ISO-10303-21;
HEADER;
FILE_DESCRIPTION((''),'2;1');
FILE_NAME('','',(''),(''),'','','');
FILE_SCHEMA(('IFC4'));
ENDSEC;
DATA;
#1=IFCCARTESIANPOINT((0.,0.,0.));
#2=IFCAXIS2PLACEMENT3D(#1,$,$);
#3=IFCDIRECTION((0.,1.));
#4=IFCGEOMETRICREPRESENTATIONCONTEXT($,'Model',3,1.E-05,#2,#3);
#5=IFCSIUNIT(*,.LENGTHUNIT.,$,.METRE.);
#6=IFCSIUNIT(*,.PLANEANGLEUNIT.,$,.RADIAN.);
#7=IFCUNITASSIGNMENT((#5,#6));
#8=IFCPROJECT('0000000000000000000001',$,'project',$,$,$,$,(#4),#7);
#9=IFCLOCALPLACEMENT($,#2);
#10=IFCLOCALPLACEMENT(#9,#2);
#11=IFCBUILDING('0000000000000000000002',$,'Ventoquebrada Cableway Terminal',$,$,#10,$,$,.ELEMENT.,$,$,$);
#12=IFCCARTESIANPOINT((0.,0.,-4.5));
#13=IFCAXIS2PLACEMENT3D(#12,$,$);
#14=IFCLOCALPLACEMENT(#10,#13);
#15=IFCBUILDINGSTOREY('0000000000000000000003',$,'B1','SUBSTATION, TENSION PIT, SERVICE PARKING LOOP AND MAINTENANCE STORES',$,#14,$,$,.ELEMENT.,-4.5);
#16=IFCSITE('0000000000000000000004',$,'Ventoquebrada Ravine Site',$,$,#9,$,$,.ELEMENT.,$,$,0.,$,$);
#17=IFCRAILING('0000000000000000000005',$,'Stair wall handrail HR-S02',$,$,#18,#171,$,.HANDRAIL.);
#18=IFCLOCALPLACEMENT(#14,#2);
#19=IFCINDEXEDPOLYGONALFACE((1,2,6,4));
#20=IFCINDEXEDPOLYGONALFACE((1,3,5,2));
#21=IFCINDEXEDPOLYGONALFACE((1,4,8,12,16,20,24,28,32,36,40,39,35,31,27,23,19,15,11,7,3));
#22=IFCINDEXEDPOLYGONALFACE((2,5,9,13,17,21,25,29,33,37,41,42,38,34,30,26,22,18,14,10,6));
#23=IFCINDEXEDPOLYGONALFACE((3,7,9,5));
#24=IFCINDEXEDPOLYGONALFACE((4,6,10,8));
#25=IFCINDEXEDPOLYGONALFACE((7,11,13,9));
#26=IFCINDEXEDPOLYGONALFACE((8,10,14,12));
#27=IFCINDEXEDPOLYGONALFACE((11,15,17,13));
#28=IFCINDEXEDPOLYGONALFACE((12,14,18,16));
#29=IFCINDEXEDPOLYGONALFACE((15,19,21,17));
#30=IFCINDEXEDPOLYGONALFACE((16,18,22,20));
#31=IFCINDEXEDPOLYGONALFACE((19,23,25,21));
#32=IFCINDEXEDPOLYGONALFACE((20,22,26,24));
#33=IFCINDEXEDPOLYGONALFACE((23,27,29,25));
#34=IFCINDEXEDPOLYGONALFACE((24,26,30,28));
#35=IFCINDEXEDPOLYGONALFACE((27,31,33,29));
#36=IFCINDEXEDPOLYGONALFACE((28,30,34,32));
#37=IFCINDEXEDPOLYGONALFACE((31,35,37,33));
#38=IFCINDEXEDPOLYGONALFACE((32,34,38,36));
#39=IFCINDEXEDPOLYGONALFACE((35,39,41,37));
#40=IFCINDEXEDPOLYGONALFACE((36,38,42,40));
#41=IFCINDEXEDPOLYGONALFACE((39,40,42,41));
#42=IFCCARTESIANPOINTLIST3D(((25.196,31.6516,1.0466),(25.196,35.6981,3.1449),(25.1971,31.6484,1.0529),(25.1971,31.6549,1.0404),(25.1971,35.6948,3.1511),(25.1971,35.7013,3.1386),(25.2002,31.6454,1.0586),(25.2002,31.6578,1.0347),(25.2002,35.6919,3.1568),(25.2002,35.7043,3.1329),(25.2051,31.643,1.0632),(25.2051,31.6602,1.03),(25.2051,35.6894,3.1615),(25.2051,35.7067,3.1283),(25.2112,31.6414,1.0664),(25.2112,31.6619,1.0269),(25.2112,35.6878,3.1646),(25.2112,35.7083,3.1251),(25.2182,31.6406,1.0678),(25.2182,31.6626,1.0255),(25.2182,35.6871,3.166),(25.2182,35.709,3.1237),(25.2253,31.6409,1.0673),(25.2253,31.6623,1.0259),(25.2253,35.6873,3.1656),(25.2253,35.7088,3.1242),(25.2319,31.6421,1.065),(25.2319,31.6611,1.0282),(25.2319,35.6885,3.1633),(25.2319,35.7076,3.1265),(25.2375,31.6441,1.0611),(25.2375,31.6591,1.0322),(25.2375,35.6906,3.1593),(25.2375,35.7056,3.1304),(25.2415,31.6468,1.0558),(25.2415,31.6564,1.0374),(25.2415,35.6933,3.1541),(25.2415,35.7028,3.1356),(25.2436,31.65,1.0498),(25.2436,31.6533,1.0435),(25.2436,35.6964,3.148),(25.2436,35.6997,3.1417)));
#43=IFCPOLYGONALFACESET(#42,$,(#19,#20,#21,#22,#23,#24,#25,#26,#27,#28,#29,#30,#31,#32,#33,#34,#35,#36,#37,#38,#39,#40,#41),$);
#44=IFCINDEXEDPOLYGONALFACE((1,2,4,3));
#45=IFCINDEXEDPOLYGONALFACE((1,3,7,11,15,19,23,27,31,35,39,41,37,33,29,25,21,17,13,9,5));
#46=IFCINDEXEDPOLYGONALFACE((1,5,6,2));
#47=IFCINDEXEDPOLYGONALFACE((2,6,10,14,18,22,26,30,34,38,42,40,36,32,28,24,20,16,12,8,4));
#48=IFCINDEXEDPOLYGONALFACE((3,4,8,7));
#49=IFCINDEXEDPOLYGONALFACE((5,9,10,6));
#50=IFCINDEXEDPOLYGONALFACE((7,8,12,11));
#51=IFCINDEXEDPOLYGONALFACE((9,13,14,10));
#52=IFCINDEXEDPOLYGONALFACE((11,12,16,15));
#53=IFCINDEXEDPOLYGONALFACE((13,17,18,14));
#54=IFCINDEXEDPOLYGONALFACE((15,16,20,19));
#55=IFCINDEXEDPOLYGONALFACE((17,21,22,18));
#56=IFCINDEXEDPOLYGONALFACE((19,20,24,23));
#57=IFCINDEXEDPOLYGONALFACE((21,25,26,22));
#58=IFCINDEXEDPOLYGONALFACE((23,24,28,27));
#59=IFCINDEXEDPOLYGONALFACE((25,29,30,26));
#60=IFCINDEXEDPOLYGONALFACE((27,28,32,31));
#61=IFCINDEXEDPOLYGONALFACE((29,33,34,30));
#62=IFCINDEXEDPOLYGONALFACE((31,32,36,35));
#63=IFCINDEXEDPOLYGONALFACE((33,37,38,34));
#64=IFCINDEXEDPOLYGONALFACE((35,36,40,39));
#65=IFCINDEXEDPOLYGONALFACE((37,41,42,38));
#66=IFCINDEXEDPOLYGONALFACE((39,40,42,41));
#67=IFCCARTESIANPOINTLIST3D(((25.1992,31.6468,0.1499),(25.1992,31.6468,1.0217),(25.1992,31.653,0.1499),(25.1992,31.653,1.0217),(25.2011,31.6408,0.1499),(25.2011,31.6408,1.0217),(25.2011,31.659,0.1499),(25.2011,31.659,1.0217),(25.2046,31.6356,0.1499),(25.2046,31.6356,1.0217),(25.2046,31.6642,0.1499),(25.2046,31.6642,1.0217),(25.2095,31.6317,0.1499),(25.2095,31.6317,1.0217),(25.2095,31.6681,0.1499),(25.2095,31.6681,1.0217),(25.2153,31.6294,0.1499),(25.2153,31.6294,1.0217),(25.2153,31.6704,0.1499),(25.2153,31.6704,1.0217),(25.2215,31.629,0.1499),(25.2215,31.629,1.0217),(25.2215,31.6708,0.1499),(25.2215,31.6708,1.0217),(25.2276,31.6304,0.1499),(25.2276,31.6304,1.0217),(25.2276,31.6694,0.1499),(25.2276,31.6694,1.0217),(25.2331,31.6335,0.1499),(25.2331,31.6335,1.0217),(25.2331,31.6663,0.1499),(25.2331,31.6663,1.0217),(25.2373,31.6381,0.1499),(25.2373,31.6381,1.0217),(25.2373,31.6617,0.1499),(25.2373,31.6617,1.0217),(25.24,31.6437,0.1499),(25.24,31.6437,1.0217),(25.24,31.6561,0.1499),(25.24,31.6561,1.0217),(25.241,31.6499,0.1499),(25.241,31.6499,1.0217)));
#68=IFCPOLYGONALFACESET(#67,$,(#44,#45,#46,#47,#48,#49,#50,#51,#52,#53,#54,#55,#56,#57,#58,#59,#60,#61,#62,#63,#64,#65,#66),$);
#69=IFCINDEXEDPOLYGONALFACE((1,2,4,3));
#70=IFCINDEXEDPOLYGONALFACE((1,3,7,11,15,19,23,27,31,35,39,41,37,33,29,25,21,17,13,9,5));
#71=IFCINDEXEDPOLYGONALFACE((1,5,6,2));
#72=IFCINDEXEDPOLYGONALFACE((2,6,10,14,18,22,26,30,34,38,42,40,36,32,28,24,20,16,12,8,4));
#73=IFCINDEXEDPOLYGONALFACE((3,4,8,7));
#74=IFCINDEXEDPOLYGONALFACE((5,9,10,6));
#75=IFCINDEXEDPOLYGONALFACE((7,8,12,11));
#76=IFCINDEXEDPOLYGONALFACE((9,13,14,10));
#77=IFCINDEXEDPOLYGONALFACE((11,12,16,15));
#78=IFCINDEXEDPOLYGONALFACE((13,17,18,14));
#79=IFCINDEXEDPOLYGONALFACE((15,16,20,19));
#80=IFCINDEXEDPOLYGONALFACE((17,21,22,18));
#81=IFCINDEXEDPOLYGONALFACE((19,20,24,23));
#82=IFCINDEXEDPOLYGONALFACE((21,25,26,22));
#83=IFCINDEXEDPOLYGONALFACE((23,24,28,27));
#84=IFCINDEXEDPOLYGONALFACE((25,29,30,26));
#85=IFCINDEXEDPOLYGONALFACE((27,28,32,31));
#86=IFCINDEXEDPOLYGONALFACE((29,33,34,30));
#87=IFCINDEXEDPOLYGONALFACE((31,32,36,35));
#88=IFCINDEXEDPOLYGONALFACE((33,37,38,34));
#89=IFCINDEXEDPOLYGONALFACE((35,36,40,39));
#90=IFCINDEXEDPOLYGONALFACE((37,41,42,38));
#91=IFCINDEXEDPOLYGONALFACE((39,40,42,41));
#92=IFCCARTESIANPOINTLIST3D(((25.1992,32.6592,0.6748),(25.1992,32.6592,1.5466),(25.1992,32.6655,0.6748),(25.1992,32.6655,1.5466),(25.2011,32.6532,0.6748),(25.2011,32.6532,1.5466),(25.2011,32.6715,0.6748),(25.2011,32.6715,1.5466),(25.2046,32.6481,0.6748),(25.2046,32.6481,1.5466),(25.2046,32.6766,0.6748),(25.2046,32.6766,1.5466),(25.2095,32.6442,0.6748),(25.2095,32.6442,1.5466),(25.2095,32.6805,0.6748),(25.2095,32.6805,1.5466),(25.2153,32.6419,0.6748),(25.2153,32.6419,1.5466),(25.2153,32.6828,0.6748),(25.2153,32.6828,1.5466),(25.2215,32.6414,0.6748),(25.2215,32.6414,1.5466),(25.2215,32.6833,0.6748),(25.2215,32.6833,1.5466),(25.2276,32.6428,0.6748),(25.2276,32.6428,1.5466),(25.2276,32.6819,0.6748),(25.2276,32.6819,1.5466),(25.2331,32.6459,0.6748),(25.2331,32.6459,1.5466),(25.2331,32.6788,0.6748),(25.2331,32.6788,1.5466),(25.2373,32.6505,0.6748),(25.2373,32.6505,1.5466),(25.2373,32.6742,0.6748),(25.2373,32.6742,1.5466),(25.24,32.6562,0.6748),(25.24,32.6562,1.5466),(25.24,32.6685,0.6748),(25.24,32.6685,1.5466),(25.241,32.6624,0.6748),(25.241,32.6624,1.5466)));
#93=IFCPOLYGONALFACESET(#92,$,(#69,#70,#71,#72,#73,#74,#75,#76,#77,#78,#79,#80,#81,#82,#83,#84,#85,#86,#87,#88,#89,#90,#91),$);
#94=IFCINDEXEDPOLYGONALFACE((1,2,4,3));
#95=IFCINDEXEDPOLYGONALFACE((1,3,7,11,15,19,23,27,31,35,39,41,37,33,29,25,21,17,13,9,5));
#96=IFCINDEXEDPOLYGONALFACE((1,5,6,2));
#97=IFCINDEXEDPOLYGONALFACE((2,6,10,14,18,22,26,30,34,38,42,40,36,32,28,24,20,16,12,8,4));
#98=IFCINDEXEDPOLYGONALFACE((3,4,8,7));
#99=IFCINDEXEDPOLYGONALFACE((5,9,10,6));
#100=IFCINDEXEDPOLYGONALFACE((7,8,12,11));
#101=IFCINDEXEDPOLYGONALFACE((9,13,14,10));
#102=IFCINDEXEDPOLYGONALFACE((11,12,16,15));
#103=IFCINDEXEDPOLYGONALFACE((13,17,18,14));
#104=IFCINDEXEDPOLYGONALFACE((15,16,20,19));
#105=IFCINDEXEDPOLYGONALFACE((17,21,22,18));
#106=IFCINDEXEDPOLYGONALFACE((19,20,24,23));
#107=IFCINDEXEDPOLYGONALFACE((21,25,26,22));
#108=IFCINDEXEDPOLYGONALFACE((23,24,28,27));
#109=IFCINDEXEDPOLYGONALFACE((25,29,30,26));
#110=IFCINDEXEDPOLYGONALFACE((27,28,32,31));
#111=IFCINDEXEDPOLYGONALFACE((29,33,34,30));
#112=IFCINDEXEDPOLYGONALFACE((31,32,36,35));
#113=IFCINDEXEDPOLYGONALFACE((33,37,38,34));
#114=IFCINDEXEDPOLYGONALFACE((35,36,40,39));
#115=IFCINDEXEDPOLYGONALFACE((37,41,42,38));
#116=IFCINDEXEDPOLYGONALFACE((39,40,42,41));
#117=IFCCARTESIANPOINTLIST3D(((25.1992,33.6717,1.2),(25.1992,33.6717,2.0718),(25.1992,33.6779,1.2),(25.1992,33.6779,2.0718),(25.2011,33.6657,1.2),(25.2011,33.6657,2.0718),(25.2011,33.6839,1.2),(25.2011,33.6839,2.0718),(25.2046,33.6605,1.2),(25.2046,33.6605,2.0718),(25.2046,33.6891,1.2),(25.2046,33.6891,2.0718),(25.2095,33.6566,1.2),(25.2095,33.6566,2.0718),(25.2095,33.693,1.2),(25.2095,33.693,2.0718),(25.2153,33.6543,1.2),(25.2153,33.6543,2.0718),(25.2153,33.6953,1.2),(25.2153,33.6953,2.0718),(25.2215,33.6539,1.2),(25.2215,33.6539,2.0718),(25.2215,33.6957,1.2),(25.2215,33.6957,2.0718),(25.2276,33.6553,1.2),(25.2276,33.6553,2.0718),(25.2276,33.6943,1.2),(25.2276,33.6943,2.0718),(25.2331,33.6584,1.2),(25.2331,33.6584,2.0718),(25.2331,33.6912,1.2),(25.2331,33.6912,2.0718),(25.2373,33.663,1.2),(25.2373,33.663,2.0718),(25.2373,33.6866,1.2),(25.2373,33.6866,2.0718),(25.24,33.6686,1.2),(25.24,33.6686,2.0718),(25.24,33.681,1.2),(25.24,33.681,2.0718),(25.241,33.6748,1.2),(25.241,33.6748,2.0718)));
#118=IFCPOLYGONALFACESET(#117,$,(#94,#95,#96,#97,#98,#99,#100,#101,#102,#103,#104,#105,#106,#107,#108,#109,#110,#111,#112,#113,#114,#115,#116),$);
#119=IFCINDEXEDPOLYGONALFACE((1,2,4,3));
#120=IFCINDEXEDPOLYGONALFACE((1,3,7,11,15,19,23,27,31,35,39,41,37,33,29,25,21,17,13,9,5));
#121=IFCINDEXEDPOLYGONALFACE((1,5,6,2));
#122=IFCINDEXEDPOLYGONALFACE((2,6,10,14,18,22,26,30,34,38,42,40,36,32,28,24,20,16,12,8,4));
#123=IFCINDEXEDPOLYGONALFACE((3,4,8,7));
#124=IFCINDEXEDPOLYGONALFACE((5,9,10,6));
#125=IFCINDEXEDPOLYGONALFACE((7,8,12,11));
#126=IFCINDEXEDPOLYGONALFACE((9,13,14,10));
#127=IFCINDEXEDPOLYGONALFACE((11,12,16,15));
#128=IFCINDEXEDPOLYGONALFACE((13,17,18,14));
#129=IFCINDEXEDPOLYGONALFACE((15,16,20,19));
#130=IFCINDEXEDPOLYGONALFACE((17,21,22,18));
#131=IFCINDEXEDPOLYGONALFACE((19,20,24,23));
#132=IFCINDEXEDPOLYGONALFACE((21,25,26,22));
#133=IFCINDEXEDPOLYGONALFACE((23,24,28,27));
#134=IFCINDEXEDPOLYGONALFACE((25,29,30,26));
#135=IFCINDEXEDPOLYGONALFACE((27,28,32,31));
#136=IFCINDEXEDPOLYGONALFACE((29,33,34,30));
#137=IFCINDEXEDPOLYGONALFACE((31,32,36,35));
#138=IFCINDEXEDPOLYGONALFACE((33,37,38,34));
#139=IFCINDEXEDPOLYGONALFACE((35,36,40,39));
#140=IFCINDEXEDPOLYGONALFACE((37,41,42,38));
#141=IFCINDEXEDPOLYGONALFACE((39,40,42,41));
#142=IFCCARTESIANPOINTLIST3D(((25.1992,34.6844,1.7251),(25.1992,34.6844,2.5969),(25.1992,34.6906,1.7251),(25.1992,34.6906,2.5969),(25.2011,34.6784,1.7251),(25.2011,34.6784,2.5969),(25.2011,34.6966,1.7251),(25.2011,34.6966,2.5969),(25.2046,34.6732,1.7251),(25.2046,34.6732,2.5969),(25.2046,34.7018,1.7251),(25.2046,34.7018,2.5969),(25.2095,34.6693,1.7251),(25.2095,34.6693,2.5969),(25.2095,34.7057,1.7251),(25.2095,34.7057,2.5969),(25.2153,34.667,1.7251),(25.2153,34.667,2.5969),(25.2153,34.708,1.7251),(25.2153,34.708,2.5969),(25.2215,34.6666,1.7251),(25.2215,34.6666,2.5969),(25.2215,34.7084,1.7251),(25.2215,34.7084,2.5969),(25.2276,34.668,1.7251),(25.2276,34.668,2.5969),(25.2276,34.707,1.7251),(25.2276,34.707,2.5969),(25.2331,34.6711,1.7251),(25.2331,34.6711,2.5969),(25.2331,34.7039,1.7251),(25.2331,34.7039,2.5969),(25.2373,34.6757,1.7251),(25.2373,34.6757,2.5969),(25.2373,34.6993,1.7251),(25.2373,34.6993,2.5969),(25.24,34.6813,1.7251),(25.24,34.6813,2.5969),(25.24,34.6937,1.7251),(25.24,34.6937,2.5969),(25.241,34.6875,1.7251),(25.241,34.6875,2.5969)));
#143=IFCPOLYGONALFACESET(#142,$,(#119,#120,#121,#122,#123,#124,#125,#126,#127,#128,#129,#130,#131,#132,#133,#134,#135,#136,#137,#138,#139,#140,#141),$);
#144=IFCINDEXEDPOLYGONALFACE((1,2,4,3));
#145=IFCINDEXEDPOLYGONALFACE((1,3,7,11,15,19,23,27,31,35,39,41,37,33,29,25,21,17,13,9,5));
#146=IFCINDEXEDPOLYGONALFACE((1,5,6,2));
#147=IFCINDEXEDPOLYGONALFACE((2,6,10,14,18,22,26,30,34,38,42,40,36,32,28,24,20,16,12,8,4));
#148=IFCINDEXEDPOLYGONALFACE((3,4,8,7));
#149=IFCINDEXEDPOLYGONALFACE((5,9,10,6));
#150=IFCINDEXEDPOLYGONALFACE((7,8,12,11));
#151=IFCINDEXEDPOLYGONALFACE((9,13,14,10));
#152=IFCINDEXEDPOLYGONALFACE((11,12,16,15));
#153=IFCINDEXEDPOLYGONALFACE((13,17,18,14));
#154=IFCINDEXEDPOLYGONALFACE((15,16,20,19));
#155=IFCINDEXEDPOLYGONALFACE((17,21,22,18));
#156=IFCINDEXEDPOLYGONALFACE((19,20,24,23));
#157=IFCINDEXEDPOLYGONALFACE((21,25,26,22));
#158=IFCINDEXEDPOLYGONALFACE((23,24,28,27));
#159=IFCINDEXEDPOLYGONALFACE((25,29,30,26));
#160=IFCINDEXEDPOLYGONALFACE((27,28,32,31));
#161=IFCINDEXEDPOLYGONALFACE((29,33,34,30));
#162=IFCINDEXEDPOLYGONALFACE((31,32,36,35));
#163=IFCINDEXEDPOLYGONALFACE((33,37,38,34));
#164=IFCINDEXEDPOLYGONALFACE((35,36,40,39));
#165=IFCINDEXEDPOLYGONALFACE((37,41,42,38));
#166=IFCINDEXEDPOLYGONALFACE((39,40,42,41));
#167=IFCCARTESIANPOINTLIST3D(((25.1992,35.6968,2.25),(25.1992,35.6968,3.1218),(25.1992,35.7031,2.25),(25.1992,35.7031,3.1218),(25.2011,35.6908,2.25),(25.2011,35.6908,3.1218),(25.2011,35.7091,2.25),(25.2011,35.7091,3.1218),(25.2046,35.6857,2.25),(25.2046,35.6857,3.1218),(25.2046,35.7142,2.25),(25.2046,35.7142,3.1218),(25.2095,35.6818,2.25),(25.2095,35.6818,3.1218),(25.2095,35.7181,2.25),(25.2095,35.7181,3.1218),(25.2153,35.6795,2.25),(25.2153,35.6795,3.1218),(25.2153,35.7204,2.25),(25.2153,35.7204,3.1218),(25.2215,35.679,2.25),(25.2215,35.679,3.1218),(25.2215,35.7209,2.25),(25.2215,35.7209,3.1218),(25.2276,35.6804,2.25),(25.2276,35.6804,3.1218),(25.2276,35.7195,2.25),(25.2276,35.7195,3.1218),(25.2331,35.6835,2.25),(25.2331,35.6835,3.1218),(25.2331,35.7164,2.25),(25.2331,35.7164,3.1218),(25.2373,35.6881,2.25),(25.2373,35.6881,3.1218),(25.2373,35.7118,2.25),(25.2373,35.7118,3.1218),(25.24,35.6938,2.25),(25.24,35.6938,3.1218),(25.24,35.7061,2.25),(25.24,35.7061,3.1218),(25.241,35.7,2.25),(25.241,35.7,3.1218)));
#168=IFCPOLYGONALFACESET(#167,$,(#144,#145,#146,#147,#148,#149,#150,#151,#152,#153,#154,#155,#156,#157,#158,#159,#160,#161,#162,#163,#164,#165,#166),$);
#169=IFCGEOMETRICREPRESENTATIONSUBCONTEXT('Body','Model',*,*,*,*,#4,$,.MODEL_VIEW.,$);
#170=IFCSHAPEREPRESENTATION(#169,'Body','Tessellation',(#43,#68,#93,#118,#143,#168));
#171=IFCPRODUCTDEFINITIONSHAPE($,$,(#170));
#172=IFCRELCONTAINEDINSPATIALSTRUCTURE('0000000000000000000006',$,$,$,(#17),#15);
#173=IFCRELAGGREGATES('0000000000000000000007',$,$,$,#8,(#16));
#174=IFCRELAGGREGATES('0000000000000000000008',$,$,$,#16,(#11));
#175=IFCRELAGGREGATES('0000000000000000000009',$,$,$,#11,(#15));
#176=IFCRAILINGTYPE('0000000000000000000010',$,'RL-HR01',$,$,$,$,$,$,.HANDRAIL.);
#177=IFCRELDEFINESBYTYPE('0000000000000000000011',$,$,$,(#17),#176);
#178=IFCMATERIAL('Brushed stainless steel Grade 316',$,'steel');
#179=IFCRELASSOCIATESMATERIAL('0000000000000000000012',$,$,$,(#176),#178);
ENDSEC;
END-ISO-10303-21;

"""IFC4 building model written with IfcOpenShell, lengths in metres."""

from ifc_helpers import new_model, si_unit, direction, frame, origin, origin_2d, place, context, subcontext, project, spatial, circle, extrude, material, type_object, element, save


model = new_model("IFC4")

# Units and contexts
model_context = context("Model", 3, precision=1e-05, world=origin(), true_north=direction((0.0, 1.0)))
body_context = subcontext(model_context, "Body", "Model", "MODEL_VIEW")
ifc_project = project(units=[si_unit("LENGTHUNIT", "METRE"), si_unit("PLANEANGLEUNIT", "RADIAN")], contexts=[model_context])

# Site, building, storey
site_placement = place(None, origin())
site = spatial("IfcSite", under=ifc_project, at=site_placement, Name="Ventoquebrada Ravine Site", CompositionType="ELEMENT", RefElevation=0.0)
building_placement = place(site_placement, origin())
building = spatial("IfcBuilding", under=site, at=building_placement, Name="Ventoquebrada Cableway Terminal", CompositionType="ELEMENT")
storey_placement = place(building_placement, frame((0.0, 0.0, -4.5)))
storey = spatial("IfcBuildingStorey", under=building, at=storey_placement, Name="B1", Description="SUBSTATION, TENSION PIT, SERVICE PARKING LOOP AND MAINTENANCE STORES", CompositionType="ELEMENT", Elevation=-4.5)

# Railing
ifc_material_1 = material(Name="Brushed stainless steel Grade 316", Category="steel")
railing_type_1 = type_object("IfcRailingType", Name="RL-HR01", PredefinedType="HANDRAIL", material=ifc_material_1)
railing_1_placement = place(storey_placement, frame((25.22, 31.6499, 0.1499)))
element("IfcRailing", 1, at=railing_1_placement, inside=storey, type_object=railing_type_1, Name="Stair wall handrail HR-S02", PredefinedType="HANDRAIL", context=body_context, shape_type="SweptSolid", body=[
    extrude(circle(Radius=0.0239, at=origin_2d()), frame((0.0, 0.0017, 0.8967), z_axis=(0.0, 0.887748, 0.46033), x_axis=(-1.0, 0.0, 0.0)), (0.0, 0.0, 1.0), 4.5581),
    extrude(circle(Radius=0.021, at=origin_2d()), origin(), (0.0, 0.0, 1.0), 0.8718),
    extrude(circle(Radius=0.021, at=origin_2d()), frame((0.0, 1.0125, 0.5249)), (0.0, 0.0, 1.0), 0.8718),
    extrude(circle(Radius=0.021, at=origin_2d()), frame((0.0, 2.0249, 1.05)), (0.0, 0.0, 1.0), 0.8718),
    extrude(circle(Radius=0.021, at=origin_2d()), frame((0.0, 3.0376, 1.5752)), (0.0, 0.0, 1.0), 0.8718),
    extrude(circle(Radius=0.021, at=origin_2d()), frame((0.0, 4.05, 2.1001)), (0.0, 0.0, 1.0), 0.8718),
])

save(model, "model.ifc")
